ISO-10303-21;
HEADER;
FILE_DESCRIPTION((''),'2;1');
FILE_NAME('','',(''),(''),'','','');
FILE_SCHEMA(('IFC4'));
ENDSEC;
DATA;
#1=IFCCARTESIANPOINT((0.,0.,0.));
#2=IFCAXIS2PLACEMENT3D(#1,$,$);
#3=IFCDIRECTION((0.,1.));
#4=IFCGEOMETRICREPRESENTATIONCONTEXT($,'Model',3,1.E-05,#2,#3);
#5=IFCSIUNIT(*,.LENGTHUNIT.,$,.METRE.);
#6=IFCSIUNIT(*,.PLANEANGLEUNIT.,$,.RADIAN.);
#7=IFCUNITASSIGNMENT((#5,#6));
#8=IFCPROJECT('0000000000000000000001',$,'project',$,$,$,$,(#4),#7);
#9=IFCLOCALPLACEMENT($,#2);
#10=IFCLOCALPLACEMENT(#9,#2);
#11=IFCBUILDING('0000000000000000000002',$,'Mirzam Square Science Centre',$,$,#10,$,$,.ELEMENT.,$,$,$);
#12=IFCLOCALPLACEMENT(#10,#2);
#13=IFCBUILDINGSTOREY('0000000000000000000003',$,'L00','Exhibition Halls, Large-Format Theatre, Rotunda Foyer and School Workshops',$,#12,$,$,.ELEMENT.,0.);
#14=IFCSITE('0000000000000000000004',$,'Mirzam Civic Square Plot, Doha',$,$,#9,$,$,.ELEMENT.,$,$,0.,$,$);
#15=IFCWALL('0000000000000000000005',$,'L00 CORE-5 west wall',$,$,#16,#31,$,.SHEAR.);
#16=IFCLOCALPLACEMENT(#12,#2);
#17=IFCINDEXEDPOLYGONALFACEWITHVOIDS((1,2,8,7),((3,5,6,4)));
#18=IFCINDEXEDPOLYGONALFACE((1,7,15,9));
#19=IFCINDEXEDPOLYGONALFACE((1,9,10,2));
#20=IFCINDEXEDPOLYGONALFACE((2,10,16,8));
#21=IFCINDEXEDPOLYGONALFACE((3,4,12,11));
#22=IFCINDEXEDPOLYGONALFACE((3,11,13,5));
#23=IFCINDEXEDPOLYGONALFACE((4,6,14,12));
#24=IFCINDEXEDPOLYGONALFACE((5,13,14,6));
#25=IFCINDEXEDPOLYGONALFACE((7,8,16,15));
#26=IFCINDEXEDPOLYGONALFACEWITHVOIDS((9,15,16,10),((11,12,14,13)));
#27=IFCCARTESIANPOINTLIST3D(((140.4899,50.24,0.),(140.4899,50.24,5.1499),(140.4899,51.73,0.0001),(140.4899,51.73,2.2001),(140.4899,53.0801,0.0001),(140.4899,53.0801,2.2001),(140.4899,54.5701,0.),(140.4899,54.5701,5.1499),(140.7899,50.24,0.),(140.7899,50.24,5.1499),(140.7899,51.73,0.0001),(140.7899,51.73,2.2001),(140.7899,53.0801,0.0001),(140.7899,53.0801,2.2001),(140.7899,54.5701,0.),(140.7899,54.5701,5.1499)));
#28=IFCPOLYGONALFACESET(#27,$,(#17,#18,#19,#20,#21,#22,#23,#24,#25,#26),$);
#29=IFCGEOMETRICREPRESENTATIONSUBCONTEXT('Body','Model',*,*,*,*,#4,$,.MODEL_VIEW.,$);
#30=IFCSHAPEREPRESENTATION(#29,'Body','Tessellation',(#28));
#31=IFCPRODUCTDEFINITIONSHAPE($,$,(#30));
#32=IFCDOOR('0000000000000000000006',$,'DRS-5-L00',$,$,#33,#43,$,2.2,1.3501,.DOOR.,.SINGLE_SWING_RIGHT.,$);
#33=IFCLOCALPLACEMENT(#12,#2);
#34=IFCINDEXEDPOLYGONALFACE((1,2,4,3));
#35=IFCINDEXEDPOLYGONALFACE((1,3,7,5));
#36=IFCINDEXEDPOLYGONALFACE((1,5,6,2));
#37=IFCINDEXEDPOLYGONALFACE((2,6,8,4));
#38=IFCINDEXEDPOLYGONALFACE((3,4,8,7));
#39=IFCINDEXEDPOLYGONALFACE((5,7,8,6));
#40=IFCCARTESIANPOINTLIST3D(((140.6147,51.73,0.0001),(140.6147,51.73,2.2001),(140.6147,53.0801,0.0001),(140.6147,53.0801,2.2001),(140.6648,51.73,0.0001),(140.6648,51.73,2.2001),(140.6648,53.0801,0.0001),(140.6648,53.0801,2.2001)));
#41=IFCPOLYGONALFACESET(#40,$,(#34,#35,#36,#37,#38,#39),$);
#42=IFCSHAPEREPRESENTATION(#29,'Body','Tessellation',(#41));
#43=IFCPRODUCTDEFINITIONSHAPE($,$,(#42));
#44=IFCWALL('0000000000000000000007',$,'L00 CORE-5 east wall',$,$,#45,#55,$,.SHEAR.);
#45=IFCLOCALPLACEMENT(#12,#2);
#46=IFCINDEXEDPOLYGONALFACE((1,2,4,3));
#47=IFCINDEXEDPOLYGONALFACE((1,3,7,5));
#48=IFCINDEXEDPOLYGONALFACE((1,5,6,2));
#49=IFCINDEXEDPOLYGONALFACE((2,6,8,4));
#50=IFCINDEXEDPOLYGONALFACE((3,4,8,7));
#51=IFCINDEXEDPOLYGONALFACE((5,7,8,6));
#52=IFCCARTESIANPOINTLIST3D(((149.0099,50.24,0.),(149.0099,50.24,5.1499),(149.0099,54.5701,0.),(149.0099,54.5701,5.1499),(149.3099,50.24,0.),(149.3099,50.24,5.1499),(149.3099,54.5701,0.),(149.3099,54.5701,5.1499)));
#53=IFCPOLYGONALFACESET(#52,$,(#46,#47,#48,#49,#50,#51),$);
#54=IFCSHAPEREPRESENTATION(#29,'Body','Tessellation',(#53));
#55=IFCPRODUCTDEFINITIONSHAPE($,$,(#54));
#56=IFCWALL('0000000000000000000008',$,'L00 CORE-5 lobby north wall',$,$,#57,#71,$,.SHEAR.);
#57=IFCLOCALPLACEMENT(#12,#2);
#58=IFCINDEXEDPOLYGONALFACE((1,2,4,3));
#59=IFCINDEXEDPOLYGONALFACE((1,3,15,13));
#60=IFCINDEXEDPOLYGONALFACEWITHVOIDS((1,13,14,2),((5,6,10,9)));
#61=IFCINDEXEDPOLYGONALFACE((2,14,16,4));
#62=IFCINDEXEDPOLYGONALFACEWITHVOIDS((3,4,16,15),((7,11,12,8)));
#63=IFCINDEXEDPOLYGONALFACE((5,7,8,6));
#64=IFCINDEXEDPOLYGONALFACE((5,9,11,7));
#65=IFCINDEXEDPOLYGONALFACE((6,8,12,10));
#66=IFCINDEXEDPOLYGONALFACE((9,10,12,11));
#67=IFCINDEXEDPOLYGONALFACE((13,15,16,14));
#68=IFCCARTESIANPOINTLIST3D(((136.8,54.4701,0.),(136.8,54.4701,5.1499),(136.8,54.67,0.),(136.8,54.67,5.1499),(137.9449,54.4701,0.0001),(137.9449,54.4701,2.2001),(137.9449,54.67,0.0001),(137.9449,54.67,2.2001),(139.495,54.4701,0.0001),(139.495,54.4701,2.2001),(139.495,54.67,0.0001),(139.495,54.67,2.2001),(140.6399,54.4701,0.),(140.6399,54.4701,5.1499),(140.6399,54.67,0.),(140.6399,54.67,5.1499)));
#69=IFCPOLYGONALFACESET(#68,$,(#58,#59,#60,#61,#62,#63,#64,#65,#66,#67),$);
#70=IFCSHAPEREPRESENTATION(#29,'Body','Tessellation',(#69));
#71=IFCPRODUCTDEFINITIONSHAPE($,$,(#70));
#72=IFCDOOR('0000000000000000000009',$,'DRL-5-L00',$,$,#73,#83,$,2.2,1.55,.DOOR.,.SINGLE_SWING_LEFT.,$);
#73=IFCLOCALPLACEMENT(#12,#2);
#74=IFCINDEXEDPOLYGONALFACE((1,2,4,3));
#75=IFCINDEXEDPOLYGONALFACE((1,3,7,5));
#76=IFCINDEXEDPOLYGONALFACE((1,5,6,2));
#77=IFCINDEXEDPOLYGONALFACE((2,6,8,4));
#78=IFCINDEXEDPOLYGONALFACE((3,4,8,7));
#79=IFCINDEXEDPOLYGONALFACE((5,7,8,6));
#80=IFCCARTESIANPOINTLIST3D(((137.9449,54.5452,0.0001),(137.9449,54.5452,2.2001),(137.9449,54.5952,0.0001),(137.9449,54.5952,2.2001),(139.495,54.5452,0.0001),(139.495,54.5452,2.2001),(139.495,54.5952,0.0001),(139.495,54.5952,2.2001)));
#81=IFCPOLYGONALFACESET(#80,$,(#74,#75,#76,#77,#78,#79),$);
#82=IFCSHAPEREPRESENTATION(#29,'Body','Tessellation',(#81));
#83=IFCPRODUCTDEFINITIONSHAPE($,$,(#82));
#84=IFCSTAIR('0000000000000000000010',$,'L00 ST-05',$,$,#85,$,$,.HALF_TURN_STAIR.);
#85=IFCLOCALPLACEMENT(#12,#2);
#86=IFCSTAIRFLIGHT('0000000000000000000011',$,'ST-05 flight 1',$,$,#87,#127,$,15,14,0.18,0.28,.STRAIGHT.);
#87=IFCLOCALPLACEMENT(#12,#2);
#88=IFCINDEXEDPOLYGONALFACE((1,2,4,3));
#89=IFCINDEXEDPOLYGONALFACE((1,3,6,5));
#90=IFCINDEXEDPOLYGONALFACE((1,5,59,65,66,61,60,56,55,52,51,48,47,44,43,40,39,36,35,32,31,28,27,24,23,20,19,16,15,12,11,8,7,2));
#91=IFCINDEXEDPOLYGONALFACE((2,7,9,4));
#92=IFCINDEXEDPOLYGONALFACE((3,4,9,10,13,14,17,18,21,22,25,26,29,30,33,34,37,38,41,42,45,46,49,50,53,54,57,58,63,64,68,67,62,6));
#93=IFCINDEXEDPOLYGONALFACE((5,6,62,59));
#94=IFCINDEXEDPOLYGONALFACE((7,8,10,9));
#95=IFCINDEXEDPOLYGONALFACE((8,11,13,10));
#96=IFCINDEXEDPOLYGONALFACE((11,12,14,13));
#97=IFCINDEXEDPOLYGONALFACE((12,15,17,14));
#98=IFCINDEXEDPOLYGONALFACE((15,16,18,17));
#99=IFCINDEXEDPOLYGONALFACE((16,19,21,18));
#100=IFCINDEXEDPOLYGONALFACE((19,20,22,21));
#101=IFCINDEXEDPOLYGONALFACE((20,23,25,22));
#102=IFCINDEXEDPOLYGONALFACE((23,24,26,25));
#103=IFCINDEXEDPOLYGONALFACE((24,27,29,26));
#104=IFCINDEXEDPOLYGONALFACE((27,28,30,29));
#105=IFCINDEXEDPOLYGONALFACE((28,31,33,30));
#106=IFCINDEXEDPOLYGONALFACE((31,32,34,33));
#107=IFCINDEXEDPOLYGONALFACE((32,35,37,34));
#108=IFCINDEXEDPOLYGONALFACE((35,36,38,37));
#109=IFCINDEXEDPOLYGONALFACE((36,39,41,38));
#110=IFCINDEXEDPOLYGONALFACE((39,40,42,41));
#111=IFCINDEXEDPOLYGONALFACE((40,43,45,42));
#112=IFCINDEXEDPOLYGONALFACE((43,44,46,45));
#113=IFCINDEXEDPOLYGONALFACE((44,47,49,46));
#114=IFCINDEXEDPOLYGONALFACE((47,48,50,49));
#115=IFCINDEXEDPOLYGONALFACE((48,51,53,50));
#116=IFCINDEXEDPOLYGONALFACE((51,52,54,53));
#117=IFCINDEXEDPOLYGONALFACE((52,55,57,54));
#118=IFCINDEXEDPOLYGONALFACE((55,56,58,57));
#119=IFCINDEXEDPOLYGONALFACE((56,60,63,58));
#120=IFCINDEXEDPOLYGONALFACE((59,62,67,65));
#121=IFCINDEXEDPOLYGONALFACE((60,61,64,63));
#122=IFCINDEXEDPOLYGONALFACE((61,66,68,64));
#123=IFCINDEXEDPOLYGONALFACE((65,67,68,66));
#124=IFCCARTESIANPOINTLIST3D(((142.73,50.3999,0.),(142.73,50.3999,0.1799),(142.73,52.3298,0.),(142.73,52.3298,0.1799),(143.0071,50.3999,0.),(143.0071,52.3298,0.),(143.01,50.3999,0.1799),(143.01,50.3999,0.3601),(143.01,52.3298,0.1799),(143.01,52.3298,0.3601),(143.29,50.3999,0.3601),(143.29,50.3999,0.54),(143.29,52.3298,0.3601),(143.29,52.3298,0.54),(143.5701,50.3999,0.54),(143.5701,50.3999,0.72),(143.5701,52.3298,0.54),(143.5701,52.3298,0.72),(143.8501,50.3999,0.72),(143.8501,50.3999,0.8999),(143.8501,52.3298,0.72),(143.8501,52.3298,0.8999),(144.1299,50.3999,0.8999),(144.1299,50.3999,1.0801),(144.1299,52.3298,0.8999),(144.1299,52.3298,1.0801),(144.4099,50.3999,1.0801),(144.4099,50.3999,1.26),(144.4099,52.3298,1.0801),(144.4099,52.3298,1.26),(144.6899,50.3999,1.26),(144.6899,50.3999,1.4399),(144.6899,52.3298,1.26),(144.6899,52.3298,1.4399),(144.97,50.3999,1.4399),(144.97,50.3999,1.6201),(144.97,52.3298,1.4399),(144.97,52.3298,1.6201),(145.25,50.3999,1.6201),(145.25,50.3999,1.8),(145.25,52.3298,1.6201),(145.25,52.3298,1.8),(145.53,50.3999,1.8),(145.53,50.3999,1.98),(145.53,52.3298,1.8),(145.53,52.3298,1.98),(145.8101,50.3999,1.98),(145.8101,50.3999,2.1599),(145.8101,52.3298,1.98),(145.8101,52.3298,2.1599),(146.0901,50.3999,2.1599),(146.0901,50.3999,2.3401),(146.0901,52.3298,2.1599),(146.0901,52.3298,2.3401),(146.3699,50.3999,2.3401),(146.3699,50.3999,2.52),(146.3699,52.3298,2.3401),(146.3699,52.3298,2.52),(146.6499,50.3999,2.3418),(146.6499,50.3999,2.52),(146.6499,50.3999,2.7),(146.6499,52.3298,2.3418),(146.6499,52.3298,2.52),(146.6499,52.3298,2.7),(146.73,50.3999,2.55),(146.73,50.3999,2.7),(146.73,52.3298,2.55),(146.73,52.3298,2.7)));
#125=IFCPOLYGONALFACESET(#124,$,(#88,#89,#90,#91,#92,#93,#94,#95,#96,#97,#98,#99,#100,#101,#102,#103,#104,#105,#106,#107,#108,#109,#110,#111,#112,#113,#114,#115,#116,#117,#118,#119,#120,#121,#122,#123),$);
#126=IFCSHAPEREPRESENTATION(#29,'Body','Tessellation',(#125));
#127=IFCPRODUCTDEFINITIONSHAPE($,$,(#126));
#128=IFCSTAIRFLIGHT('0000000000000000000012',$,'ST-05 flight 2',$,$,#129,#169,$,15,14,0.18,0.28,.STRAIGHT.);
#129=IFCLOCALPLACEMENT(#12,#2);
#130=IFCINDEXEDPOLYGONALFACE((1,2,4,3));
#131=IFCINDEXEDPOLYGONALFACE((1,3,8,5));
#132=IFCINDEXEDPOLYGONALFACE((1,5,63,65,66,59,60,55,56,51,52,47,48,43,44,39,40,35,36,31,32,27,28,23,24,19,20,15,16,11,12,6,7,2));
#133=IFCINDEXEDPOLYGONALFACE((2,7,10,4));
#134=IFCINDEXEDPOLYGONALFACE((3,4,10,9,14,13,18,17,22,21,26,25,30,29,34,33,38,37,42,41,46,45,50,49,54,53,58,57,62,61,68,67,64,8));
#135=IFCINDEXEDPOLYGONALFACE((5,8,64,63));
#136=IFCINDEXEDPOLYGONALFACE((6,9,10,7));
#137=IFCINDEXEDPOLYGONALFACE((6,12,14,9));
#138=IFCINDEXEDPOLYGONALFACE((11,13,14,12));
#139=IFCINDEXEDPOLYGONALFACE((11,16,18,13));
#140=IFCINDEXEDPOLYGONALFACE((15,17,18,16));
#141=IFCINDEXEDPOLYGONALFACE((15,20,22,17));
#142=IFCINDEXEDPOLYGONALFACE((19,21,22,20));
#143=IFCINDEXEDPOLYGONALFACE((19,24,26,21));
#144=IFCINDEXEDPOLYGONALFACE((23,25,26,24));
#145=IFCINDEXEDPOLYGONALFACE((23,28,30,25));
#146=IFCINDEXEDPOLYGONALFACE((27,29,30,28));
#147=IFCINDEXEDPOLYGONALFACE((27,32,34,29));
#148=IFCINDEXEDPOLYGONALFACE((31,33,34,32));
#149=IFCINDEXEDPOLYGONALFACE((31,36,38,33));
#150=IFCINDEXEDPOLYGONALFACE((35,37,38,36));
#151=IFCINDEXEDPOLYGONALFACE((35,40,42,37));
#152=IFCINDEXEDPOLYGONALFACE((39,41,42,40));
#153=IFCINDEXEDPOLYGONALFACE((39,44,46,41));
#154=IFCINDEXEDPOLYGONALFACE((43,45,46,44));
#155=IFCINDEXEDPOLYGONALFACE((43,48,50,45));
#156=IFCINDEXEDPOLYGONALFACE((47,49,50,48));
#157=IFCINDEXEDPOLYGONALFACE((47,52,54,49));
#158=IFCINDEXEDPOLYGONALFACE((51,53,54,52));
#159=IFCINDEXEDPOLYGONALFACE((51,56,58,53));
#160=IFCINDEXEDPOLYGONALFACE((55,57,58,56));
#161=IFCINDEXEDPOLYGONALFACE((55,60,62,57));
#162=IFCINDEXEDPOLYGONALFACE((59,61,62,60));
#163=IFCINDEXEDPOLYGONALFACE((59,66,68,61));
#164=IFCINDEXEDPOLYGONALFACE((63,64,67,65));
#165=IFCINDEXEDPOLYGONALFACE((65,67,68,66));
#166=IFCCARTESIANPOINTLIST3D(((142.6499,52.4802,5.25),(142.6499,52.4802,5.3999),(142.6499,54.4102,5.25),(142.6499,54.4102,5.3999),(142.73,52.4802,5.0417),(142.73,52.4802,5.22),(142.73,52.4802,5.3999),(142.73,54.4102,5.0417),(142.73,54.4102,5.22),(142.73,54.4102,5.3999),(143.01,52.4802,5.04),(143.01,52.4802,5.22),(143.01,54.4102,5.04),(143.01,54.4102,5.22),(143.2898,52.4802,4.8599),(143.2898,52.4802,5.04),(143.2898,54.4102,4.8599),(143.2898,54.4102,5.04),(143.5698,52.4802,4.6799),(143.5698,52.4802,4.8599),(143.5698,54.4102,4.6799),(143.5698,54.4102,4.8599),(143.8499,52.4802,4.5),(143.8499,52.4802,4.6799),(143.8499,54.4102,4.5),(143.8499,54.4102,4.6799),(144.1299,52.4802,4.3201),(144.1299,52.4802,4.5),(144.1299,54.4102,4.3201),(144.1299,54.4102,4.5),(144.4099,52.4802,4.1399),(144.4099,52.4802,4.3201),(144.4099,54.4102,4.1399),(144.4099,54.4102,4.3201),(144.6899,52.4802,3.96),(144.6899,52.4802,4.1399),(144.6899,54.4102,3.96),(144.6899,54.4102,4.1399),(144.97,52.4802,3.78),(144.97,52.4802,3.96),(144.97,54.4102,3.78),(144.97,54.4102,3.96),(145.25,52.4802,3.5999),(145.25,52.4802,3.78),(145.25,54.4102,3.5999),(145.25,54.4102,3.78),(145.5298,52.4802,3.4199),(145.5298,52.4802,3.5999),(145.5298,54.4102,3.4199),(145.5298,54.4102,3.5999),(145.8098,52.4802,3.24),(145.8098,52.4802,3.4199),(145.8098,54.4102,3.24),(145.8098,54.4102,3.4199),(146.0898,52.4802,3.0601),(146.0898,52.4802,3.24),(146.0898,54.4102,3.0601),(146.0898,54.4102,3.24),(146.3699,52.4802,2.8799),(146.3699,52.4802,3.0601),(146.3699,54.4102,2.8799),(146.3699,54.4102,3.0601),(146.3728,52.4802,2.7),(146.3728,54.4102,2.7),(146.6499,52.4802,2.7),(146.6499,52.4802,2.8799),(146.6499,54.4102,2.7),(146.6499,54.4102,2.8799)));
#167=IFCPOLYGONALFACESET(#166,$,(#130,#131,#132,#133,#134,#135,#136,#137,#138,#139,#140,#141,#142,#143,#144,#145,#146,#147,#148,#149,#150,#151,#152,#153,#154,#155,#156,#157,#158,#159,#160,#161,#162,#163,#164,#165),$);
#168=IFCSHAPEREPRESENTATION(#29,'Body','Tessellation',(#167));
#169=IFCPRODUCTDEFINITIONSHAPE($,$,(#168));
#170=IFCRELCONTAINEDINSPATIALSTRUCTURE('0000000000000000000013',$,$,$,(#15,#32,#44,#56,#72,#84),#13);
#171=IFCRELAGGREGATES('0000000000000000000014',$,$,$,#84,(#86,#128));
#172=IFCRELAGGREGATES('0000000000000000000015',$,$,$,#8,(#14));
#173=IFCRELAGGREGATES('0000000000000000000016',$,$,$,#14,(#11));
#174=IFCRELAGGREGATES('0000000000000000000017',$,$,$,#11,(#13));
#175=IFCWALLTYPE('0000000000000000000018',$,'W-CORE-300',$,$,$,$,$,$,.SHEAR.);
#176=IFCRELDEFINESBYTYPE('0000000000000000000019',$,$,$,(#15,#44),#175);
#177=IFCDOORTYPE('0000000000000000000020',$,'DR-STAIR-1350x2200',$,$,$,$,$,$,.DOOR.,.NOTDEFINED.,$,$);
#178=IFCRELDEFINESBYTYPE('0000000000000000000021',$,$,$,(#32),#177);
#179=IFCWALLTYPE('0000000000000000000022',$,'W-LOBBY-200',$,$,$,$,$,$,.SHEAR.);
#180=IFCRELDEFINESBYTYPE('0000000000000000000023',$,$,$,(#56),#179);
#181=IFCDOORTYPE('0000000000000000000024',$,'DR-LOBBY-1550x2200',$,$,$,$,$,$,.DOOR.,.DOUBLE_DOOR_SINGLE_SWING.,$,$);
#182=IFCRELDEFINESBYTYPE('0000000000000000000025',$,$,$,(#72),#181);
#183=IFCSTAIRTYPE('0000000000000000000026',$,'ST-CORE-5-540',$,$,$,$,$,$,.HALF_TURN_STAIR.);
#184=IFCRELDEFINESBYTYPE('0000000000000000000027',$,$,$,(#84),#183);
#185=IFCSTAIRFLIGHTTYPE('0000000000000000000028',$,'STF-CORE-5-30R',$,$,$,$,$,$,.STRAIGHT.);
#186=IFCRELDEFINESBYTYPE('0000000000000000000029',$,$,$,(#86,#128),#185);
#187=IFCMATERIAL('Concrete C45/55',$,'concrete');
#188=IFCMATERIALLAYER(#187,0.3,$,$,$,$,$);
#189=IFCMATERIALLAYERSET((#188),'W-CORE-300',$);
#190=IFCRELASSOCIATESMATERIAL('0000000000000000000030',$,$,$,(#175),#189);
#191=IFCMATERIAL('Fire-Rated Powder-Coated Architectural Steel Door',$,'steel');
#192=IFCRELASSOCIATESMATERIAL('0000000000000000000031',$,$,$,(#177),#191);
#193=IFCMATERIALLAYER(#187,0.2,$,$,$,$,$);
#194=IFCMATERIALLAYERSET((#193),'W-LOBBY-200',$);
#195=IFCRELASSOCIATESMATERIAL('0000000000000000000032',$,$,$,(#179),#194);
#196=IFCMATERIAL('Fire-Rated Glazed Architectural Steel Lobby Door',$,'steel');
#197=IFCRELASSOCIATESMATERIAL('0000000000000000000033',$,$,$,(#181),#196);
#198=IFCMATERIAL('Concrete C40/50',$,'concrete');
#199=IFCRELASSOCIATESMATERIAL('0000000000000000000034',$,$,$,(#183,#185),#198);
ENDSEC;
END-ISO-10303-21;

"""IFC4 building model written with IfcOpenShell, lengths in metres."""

from ifc_helpers import new_model, si_unit, direction, frame, frame_2d, origin, place, context, subcontext, project, spatial, polyline, rectangle, outline, extrude, material, layer, layer_set, type_object, element, fill, aggregate, save


model = new_model("IFC4")

# Units and contexts
model_context = context("Model", 3, precision=1e-05, world=origin(), true_north=direction((0.0, 1.0)))
body_context = subcontext(model_context, "Body", "Model", "MODEL_VIEW")
ifc_project = project(units=[si_unit("LENGTHUNIT", "METRE"), si_unit("PLANEANGLEUNIT", "RADIAN")], contexts=[model_context])

# Site, building, storey
site_placement = place(None, origin())
site = spatial("IfcSite", under=ifc_project, at=site_placement, Name="Mirzam Civic Square Plot, Doha", CompositionType="ELEMENT", RefElevation=0.0)
building_placement = place(site_placement, origin())
building = spatial("IfcBuilding", under=site, at=building_placement, Name="Mirzam Square Science Centre", CompositionType="ELEMENT")
storey_placement = place(building_placement, origin())
storey = spatial("IfcBuildingStorey", under=building, at=storey_placement, Name="L00", Description="Exhibition Halls, Large-Format Theatre, Rotunda Foyer and School Workshops", CompositionType="ELEMENT", Elevation=0.0)

# Shared definitions
ifc_material_1 = material(Name="Concrete C45/55", Category="concrete")
ifc_layer_1 = layer(ifc_material_1, 0.3)
ifc_layer_set_1 = layer_set([ifc_layer_1], Name="W-CORE-300")
wall_type_1 = type_object("IfcWallType", Name="W-CORE-300", PredefinedType="SHEAR", material=ifc_layer_set_1)

# Wall, opening, door
wall_1_placement = place(storey_placement, frame((140.6399, 54.5701, 0.0), z_axis=(0.0, 0.0, 1.0), x_axis=(0.0, -1.0, 0.0)))
wall_1 = element("IfcWall", 1, at=wall_1_placement, inside=storey, type_object=wall_type_1, Name="L00 CORE-5 west wall", PredefinedType="SHEAR", context=body_context, shape_type="SweptSolid", body=[
    extrude(rectangle(XDim=4.3301, YDim=0.3, at=frame_2d((2.165, 0.0))), origin(), (0.0, 0.0, 1.0), 5.1499),
])
opening_1_placement = place(wall_1_placement, frame((1.49, 0.0, 0.0)))
opening_1 = element("IfcOpeningElement", 2, at=opening_1_placement, cuts=wall_1, PredefinedType="OPENING", context=body_context, shape_type="SweptSolid", body=[
    extrude(rectangle(XDim=1.3501, YDim=2.2, at=frame_2d((0.675, 1.1001))), frame((0.0, 0.1599, 0.0), z_axis=(0.0, -1.0, 0.0), x_axis=(1.0, 0.0, 0.0)), (0.0, 0.0, 1.0), 0.3201),
])
ifc_material_2 = material(Name="Fire-Rated Powder-Coated Architectural Steel Door", Category="steel")
door_type_1 = type_object("IfcDoorType", Name="DR-STAIR-1350x2200", OperationType="NOTDEFINED", PredefinedType="DOOR", material=ifc_material_2)
door_1_placement = place(opening_1_placement, origin())
door_1 = element("IfcDoor", 3, at=door_1_placement, inside=storey, type_object=door_type_1, Name="DRS-5-L00", OperationType="SINGLE_SWING_RIGHT", OverallHeight=2.2, OverallWidth=1.3501, PredefinedType="DOOR", context=body_context, shape_type="SweptSolid", body=[
    extrude(rectangle(XDim=1.3501, YDim=2.2, at=frame_2d((0.675, 1.1001))), frame((0.0, 0.0249, 0.0), z_axis=(0.0, -1.0, 0.0), x_axis=(1.0, 0.0, 0.0)), (0.0, 0.0, 1.0), 0.05),
])
fill(opening_1, door_1)

# Wall
wall_2_placement = place(storey_placement, frame((149.1599, 50.24, 0.0), z_axis=(0.0, 0.0, 1.0), x_axis=(0.0, 1.0, 0.0)))
element("IfcWall", 4, at=wall_2_placement, inside=storey, type_object=wall_type_1, Name="L00 CORE-5 east wall", PredefinedType="SHEAR", context=body_context, shape_type="SweptSolid", body=[
    extrude(rectangle(XDim=4.3301, YDim=0.3, at=frame_2d((2.165, 0.0))), origin(), (0.0, 0.0, 1.0), 5.1499),
])

# Wall, opening, door
ifc_layer_2 = layer(ifc_material_1, 0.2)
ifc_layer_set_2 = layer_set([ifc_layer_2], Name="W-LOBBY-200")
wall_type_2 = type_object("IfcWallType", Name="W-LOBBY-200", PredefinedType="SHEAR", material=ifc_layer_set_2)
wall_3_placement = place(storey_placement, frame((140.6399, 54.5701, 0.0), z_axis=(0.0, 0.0, 1.0), x_axis=(-1.0, 0.0, 0.0)))
wall_3 = element("IfcWall", 5, at=wall_3_placement, inside=storey, type_object=wall_type_2, Name="L00 CORE-5 lobby north wall", PredefinedType="SHEAR", context=body_context, shape_type="SweptSolid", body=[
    extrude(rectangle(XDim=3.8398, YDim=0.2, at=frame_2d((1.9199, 0.0))), origin(), (0.0, 0.0, 1.0), 5.1499),
])
opening_2_placement = place(wall_3_placement, frame((1.145, 0.0, 0.0)))
opening_2 = element("IfcOpeningElement", 6, at=opening_2_placement, cuts=wall_3, PredefinedType="OPENING", context=body_context, shape_type="SweptSolid", body=[
    extrude(rectangle(XDim=1.55, YDim=2.2, at=frame_2d((0.7749, 1.1001))), frame((0.0, 0.1099, 0.0), z_axis=(0.0, -1.0, 0.0), x_axis=(1.0, 0.0, 0.0)), (0.0, 0.0, 1.0), 0.22),
])
ifc_material_3 = material(Name="Fire-Rated Glazed Architectural Steel Lobby Door", Category="steel")
door_type_2 = type_object("IfcDoorType", Name="DR-LOBBY-1550x2200", OperationType="DOUBLE_DOOR_SINGLE_SWING", PredefinedType="DOOR", material=ifc_material_3)
door_2_placement = place(opening_2_placement, origin())
door_2 = element("IfcDoor", 7, at=door_2_placement, inside=storey, type_object=door_type_2, Name="DRL-5-L00", OperationType="SINGLE_SWING_LEFT", OverallHeight=2.2, OverallWidth=1.55, PredefinedType="DOOR", context=body_context, shape_type="SweptSolid", body=[
    extrude(rectangle(XDim=1.55, YDim=2.2, at=frame_2d((0.7749, 1.1001))), frame((0.0, 0.0249, 0.0), z_axis=(0.0, -1.0, 0.0), x_axis=(1.0, 0.0, 0.0)), (0.0, 0.0, 1.0), 0.05),
])
fill(opening_2, door_2)

# Stair, stair flights
ifc_material_4 = material(Name="Concrete C40/50", Category="concrete")
stair_type = type_object("IfcStairType", Name="ST-CORE-5-540", PredefinedType="HALF_TURN_STAIR", material=ifc_material_4)
stair_placement = place(storey_placement, origin())
stair = element("IfcStair", 8, at=stair_placement, inside=storey, type_object=stair_type, Name="L00 ST-05", PredefinedType="HALF_TURN_STAIR")
stair_flight_type = type_object("IfcStairFlightType", Name="STF-CORE-5-30R", PredefinedType="STRAIGHT", material=ifc_material_4)
stair_flight_1_placement = place(storey_placement, frame((142.73, 51.365, 0.0), z_axis=(0.0, 0.0, 1.0), x_axis=(1.0, 0.0, 0.0)))
stair_flight_1 = element("IfcStairFlight", 9, at=stair_flight_1_placement, type_object=stair_flight_type, Name="ST-05 flight 1", NumberOfRisers=15, NumberOfTreads=14, PredefinedType="STRAIGHT", RiserHeight=0.18, TreadLength=0.28, context=body_context, shape_type="SweptSolid", body=[
    extrude(outline(polyline([(0.0, 0.0), (0.0, 0.1799), (0.28, 0.1799), (0.28, 0.3601), (0.5601, 0.3601), (0.5601, 0.54), (0.8401, 0.54), (0.8401, 0.72), (1.1201, 0.72), (1.1201, 0.8999), (1.3999, 0.8999), (1.3999, 1.0801), (1.6799, 1.0801), (1.6799, 1.26), (1.96, 1.26), (1.96, 1.4399), (2.24, 1.4399), (2.24, 1.6201), (2.52, 1.6201), (2.52, 1.8), (2.8, 1.8), (2.8, 1.98), (3.0801, 1.98), (3.0801, 2.1599), (3.3601, 2.1599), (3.3601, 2.3401), (3.6399, 2.3401), (3.6399, 2.52), (3.9199, 2.52), (3.9199, 2.7), (4.0, 2.7), (4.0, 2.55), (3.9199, 2.3418), (0.2771, 0.0), (0.0, 0.0)])), frame((0.0, 0.9648, 0.0), z_axis=(0.0, -1.0, 0.0), x_axis=(1.0, 0.0, 0.0)), (0.0, 0.0, 1.0), 1.9299),
])
stair_flight_2_placement = place(storey_placement, frame((146.6499, 53.4451, 2.7), z_axis=(0.0, 0.0, 1.0), x_axis=(-1.0, 0.0, 0.0)))
stair_flight_2 = element("IfcStairFlight", 10, at=stair_flight_2_placement, type_object=stair_flight_type, Name="ST-05 flight 2", NumberOfRisers=15, NumberOfTreads=14, PredefinedType="STRAIGHT", RiserHeight=0.18, TreadLength=0.28, context=body_context, shape_type="SweptSolid", body=[
    extrude(outline(polyline([(0.0, 0.0), (0.0, 0.1799), (0.28, 0.1799), (0.28, 0.3601), (0.5601, 0.3601), (0.5601, 0.54), (0.8401, 0.54), (0.8401, 0.72), (1.1201, 0.72), (1.1201, 0.8999), (1.3999, 0.8999), (1.3999, 1.0801), (1.6799, 1.0801), (1.6799, 1.26), (1.96, 1.26), (1.96, 1.4399), (2.24, 1.4399), (2.24, 1.6201), (2.52, 1.6201), (2.52, 1.8), (2.8, 1.8), (2.8, 1.98), (3.0801, 1.98), (3.0801, 2.1599), (3.3601, 2.1599), (3.3601, 2.3401), (3.6399, 2.3401), (3.6399, 2.52), (3.9199, 2.52), (3.9199, 2.7), (4.0, 2.7), (4.0, 2.55), (3.9199, 2.3418), (0.2771, 0.0), (0.0, 0.0)])), frame((0.0, 0.9648, 0.0), z_axis=(0.0, -1.0, 0.0), x_axis=(1.0, 0.0, 0.0)), (0.0, 0.0, 1.0), 1.9299),
])
aggregate(stair, [stair_flight_1, stair_flight_2])

save(model, "model.ifc")
